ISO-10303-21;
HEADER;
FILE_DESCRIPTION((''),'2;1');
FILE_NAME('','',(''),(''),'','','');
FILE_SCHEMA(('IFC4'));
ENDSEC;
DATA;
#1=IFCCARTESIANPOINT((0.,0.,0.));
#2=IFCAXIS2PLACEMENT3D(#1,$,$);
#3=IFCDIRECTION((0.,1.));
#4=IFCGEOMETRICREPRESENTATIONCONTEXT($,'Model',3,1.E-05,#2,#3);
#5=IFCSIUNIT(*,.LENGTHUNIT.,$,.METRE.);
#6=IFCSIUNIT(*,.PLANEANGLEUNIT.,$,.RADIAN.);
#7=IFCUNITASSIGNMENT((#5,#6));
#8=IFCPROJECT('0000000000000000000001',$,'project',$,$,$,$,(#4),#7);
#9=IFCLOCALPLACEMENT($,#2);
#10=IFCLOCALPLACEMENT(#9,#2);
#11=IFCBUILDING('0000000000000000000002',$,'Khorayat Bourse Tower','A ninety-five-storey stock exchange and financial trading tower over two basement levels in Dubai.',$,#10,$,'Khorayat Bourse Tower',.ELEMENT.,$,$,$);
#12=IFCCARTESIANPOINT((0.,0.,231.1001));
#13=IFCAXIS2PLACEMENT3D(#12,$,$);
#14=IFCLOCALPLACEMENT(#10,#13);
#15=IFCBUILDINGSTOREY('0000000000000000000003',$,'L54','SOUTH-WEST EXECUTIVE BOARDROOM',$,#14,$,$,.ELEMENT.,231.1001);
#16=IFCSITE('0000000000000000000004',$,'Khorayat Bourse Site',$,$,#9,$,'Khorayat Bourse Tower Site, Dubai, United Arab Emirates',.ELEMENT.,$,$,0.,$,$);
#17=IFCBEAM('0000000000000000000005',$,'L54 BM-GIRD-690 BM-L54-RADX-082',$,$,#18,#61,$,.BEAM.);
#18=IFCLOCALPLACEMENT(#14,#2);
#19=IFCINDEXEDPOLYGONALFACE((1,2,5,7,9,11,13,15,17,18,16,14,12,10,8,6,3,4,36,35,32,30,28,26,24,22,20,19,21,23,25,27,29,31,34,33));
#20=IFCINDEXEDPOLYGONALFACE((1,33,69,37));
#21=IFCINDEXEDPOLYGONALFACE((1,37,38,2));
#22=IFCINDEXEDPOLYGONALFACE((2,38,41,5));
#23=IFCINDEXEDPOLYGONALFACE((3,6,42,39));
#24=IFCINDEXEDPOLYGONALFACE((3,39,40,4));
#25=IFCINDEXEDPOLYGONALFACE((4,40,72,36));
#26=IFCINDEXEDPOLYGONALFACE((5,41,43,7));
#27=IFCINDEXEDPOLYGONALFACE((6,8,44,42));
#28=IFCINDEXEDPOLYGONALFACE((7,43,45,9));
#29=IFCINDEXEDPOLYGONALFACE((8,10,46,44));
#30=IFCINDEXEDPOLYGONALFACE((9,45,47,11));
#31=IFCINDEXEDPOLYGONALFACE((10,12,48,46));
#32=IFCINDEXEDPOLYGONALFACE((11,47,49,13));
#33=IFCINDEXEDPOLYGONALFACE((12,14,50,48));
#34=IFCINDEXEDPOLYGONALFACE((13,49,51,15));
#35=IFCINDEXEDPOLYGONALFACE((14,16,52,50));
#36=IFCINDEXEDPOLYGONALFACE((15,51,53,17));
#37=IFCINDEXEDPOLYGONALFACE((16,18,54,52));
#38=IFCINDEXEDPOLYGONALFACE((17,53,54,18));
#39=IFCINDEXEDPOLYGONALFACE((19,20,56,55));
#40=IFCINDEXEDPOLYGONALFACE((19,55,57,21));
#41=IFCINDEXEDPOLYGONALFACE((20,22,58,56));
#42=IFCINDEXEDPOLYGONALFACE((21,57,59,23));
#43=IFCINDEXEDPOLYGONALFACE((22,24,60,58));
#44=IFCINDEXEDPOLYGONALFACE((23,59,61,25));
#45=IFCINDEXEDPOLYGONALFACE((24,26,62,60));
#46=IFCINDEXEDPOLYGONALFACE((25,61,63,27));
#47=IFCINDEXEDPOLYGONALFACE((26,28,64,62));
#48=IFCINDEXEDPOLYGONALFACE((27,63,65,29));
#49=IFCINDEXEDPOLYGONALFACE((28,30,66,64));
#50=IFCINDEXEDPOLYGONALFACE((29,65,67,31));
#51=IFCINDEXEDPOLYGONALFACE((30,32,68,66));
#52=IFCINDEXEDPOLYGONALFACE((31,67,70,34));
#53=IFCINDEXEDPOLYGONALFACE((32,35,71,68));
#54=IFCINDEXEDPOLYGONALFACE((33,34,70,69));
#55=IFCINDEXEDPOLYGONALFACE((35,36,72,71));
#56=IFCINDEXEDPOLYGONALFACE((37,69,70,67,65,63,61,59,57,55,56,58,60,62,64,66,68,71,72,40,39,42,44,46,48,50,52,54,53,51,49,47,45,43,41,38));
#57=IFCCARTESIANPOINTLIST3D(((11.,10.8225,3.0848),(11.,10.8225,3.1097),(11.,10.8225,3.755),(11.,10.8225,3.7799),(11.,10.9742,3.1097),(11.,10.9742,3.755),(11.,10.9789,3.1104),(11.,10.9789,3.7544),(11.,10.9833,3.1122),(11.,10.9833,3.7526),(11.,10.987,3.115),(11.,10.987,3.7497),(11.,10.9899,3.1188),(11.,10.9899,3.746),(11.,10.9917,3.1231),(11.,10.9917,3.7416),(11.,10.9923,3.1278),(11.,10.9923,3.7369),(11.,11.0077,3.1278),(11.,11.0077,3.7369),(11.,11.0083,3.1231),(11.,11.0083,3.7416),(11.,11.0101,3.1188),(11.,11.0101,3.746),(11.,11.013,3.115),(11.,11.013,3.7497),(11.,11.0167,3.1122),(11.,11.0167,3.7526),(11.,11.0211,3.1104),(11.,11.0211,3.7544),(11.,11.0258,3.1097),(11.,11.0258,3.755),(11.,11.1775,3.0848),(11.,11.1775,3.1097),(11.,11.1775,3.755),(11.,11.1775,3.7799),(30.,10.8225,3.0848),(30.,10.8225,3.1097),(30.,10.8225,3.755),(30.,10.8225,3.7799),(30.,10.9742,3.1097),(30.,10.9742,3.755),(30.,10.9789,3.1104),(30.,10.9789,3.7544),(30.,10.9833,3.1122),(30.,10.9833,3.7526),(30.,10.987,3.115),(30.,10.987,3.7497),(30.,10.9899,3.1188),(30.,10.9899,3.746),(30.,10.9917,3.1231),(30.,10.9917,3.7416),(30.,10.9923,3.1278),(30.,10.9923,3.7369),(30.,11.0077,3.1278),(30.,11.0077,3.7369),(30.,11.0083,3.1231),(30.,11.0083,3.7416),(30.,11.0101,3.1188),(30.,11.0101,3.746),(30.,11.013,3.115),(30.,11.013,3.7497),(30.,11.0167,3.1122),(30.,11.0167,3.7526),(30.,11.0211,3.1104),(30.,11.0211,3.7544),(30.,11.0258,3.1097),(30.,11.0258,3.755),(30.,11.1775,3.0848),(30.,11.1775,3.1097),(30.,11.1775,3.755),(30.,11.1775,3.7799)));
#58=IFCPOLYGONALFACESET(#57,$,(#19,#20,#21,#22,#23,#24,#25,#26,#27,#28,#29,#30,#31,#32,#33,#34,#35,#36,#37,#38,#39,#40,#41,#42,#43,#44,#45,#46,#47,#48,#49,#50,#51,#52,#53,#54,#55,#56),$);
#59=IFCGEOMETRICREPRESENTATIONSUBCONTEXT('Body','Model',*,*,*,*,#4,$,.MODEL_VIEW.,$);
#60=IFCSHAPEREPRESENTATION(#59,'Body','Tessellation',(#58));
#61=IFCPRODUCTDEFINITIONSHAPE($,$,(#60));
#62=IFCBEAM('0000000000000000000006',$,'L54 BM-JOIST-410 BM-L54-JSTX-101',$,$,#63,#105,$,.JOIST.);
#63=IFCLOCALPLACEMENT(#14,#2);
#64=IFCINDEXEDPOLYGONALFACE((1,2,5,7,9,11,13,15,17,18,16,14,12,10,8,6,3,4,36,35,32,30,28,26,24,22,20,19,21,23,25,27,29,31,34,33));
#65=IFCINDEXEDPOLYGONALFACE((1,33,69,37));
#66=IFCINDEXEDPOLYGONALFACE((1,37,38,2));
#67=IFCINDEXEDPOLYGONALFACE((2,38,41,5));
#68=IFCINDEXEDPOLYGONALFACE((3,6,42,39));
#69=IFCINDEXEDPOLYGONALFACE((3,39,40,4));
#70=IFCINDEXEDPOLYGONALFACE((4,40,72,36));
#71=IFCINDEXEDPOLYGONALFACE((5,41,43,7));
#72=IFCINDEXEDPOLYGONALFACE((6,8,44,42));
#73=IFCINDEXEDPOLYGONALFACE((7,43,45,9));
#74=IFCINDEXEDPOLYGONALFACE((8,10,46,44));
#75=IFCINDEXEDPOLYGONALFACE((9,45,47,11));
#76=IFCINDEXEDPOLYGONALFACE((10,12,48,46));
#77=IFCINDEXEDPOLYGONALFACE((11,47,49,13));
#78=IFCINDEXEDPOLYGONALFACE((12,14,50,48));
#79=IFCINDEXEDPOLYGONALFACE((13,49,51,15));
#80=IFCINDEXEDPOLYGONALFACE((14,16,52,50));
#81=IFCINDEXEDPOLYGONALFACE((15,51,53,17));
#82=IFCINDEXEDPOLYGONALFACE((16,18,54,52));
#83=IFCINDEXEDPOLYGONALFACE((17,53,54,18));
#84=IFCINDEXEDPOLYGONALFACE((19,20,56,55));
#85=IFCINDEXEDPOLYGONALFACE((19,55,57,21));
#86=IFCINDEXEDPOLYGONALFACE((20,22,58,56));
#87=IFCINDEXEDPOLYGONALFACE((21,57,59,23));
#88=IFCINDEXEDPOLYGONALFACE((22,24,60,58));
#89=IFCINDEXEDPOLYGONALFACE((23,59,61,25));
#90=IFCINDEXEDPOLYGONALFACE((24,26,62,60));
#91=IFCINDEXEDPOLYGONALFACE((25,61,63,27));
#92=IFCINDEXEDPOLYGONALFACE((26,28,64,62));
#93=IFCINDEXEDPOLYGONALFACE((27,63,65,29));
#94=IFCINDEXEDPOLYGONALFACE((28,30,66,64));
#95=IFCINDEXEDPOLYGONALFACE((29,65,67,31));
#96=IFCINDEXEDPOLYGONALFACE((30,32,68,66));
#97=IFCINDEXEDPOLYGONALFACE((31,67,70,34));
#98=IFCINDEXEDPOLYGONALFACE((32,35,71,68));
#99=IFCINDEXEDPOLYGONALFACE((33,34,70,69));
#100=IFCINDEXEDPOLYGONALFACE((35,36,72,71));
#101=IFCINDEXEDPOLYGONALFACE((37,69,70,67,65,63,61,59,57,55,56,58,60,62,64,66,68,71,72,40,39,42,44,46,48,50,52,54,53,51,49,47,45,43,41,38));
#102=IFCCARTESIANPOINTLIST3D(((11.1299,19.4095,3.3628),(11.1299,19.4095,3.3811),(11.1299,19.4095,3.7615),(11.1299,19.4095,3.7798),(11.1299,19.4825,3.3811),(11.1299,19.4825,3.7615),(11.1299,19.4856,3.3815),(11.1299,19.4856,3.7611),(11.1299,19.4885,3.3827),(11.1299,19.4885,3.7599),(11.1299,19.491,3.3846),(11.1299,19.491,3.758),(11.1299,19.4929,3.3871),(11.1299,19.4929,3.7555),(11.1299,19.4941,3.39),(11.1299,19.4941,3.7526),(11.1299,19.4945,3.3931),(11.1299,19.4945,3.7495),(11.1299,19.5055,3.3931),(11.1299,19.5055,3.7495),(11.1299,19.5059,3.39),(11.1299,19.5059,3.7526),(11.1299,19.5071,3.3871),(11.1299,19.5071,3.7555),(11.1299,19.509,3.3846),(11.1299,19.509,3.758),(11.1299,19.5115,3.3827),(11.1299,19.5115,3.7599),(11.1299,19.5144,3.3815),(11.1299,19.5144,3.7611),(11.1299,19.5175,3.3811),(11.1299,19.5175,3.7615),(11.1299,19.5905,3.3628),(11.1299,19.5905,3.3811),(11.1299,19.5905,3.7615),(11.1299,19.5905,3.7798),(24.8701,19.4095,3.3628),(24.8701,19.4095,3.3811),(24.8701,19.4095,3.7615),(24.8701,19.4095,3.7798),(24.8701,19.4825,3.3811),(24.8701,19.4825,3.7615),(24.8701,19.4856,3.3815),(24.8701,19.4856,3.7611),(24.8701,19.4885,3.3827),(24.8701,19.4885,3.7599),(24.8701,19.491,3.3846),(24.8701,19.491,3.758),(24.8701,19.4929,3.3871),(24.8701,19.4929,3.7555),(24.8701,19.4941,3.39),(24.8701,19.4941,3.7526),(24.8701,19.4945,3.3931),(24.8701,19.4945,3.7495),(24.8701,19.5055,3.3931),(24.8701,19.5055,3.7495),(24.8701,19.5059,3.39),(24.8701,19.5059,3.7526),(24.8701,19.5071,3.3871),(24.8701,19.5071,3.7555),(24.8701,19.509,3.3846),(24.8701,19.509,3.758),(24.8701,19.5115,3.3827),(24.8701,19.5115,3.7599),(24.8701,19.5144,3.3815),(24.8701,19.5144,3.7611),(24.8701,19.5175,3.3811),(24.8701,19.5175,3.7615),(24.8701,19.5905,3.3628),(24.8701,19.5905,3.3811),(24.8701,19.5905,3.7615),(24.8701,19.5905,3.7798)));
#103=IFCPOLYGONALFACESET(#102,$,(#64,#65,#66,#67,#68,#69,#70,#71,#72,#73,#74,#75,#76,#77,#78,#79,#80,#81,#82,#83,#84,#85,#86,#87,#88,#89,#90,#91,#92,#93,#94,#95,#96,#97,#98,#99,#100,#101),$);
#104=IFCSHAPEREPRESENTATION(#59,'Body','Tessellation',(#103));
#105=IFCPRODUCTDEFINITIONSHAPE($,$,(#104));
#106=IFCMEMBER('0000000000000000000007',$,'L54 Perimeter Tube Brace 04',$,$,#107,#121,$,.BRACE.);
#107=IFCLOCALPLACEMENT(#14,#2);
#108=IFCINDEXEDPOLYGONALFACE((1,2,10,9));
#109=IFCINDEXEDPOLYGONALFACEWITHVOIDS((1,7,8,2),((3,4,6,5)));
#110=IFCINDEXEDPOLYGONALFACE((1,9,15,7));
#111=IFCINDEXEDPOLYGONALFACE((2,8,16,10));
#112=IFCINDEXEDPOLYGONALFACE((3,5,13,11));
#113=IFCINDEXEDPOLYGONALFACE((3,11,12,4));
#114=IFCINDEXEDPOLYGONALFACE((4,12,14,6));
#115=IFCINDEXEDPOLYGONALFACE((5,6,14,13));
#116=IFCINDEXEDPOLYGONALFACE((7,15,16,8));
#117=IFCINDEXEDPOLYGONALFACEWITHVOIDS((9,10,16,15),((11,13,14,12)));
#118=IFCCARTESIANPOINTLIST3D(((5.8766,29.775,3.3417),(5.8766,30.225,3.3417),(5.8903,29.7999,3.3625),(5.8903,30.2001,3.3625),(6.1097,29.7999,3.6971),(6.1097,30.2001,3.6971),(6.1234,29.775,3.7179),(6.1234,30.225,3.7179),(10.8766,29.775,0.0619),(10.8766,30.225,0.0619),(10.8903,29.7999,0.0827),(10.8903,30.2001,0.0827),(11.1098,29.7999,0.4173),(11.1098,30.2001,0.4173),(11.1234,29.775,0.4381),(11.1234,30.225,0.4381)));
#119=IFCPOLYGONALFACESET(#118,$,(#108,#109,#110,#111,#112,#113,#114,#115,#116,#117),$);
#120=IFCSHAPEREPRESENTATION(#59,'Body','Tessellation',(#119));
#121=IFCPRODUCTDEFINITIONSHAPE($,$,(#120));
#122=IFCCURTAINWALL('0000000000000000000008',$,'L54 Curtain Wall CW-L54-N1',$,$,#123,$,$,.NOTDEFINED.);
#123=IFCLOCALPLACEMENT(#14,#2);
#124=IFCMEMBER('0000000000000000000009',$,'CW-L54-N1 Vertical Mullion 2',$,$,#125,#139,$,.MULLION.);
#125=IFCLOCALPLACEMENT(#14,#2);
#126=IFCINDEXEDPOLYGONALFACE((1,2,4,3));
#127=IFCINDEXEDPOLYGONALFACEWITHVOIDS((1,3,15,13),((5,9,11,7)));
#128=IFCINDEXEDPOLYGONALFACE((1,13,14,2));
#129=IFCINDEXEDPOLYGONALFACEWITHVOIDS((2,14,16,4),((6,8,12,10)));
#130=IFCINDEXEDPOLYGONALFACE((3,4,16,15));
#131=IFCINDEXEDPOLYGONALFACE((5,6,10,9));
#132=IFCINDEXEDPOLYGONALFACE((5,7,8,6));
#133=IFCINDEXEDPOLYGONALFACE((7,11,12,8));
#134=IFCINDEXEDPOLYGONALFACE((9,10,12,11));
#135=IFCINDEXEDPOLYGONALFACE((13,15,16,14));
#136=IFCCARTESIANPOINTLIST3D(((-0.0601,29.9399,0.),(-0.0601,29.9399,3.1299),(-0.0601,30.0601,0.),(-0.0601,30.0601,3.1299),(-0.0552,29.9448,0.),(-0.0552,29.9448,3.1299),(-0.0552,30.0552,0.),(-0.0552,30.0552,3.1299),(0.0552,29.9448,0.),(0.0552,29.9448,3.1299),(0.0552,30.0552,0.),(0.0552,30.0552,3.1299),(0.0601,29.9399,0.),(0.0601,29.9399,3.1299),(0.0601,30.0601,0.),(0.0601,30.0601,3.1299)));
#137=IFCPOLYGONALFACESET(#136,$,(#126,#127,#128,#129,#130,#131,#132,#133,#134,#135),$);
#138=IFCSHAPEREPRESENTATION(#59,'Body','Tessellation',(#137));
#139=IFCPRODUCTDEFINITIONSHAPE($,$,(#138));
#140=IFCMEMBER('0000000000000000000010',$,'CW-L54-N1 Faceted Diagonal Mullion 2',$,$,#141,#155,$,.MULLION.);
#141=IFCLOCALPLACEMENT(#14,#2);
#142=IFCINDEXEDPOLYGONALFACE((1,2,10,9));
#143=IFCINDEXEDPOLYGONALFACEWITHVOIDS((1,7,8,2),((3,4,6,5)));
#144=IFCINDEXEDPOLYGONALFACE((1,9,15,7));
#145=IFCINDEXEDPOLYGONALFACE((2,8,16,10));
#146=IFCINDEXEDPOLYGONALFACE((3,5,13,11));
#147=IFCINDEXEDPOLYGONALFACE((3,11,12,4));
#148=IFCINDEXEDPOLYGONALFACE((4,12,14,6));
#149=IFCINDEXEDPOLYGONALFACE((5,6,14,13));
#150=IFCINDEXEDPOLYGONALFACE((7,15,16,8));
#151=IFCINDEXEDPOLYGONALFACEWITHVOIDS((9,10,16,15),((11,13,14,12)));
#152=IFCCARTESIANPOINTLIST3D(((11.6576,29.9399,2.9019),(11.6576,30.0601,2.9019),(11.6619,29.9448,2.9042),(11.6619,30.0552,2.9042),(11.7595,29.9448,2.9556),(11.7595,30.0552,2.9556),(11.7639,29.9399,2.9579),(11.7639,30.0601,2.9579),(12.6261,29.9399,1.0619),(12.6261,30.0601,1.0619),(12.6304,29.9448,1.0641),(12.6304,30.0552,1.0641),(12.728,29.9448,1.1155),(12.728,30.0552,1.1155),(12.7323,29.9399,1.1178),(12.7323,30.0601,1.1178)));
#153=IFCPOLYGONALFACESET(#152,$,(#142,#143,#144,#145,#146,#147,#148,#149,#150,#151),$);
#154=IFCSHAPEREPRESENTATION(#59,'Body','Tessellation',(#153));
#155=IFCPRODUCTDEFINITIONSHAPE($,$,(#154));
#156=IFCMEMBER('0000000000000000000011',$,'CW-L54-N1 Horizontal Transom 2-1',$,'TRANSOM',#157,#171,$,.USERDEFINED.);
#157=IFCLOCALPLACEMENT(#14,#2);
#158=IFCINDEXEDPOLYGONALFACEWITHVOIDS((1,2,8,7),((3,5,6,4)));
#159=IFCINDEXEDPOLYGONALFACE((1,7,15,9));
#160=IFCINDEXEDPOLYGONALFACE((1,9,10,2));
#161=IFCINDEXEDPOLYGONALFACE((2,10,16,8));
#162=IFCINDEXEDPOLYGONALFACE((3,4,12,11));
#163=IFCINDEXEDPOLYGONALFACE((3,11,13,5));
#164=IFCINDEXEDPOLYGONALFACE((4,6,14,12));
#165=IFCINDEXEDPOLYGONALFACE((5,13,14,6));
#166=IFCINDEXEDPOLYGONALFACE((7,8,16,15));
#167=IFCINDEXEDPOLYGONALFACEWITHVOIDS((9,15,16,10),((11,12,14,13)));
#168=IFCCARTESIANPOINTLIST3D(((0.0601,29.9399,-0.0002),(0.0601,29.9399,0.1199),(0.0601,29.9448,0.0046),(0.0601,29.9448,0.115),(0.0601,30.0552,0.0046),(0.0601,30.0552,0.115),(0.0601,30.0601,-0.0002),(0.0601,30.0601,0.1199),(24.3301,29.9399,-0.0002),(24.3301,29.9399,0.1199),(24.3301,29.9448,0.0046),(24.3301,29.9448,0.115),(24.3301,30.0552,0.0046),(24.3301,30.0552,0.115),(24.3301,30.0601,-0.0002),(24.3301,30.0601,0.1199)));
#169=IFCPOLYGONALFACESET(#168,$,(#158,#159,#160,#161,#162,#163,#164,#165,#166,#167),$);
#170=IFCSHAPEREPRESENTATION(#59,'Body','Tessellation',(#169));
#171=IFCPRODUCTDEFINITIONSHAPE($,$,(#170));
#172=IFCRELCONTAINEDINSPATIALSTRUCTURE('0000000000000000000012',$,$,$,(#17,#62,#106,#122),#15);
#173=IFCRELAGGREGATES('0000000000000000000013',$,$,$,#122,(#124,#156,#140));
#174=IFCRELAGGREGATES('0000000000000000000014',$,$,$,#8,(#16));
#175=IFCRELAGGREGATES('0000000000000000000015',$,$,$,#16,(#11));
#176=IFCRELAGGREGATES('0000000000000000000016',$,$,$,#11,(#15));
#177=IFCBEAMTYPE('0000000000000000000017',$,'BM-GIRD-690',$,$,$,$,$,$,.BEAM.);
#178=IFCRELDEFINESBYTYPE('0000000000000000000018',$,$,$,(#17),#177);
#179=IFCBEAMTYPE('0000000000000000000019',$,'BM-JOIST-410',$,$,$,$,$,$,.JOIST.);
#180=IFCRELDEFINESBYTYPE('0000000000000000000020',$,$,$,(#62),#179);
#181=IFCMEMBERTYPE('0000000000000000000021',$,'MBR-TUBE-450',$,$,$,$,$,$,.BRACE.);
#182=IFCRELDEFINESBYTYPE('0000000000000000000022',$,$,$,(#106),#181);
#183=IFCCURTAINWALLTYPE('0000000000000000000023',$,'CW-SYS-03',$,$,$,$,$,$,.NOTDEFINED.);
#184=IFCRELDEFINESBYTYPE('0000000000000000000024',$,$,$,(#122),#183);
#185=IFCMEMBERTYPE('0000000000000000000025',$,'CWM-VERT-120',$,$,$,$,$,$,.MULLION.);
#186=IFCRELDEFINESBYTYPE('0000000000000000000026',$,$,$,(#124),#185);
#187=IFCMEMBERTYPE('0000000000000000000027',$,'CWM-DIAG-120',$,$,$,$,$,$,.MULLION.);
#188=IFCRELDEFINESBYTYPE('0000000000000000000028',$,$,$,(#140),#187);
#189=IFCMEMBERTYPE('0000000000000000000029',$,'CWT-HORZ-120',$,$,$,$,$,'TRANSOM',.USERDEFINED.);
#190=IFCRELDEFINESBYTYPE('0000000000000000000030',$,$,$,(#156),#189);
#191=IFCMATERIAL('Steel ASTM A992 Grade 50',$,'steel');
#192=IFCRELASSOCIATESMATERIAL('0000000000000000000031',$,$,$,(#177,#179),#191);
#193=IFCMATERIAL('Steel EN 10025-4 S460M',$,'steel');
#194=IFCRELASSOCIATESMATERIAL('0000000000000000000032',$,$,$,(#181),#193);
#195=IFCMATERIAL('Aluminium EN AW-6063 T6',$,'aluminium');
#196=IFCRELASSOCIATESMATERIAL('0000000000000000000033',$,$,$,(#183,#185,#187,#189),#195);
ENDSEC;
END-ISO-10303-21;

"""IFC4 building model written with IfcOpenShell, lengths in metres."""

from ifc_helpers import new_model, si_unit, direction, frame, origin, origin_2d, place, context, subcontext, project, spatial, hollow_rectangle, i_section, extrude, source, transform, mapped, material, material_profile, profile_set, type_object, element, aggregate, save


model = new_model("IFC4")

# Units and contexts
model_context = context("Model", 3, precision=1e-05, world=origin(), true_north=direction((0.0, 1.0)))
body_context = subcontext(model_context, "Body", "Model", "MODEL_VIEW")
ifc_project = project(units=[si_unit("LENGTHUNIT", "METRE"), si_unit("PLANEANGLEUNIT", "RADIAN")], contexts=[model_context])

# Site, building, storey
site_placement = place(None, origin())
site = spatial("IfcSite", under=ifc_project, at=site_placement, Name="Khorayat Bourse Site", LongName="Khorayat Bourse Tower Site, Dubai, United Arab Emirates", CompositionType="ELEMENT", RefElevation=0.0)
building_placement = place(site_placement, origin())
building = spatial("IfcBuilding", under=site, at=building_placement, Name="Khorayat Bourse Tower", Description="A ninety-five-storey stock exchange and financial trading tower over two basement levels in Dubai.", LongName="Khorayat Bourse Tower", CompositionType="ELEMENT")
storey_placement = place(building_placement, frame((0.0, 0.0, 231.1001)))
storey = spatial("IfcBuildingStorey", under=building, at=storey_placement, Name="L54", Description="SOUTH-WEST EXECUTIVE BOARDROOM", CompositionType="ELEMENT", Elevation=231.1001)

# Shared definitions
ifc_material_1 = material(Name="Steel EN 10025-4 S460M", Category="steel")

# Beams
ifc_material_2 = material(Name="Steel ASTM A992 Grade 50", Category="steel")
ifc_material_profile_1 = material_profile(ifc_material_2, i_section(OverallWidth=0.355, OverallDepth=0.6951, WebThickness=0.0154, FlangeThickness=0.0249, FilletRadius=0.0181, at=origin_2d()), Name="W690X217")
ifc_profile_set_1 = profile_set([ifc_material_profile_1], Name="Steel ASTM A992 Grade 50")
beam_type_1 = type_object("IfcBeamType", Name="BM-GIRD-690", PredefinedType="BEAM", material=ifc_profile_set_1)
shared_shape_1 = source(origin(), body_context, "Body", "SweptSolid", [
    extrude(i_section(OverallWidth=0.355, OverallDepth=0.6951, WebThickness=0.0154, FlangeThickness=0.0249, FilletRadius=0.0181, at=origin_2d()), origin(), (0.0, 0.0, 1.0), 19.0),
])
for number, where, z_axis, x_axis, name in (
    (1, (11.0, 11.0, 3.4324), (1.0, 0.0, 0.0), (0.0, 1.0, 0.0), "L54 BM-GIRD-690 BM-L54-RADX-082"),
):
    element("IfcBeam", number, at=place(storey_placement, frame(where, z_axis=z_axis, x_axis=x_axis)), inside=storey, type_object=beam_type_1, Name=name, PredefinedType="BEAM", context=body_context, shape_type="MappedRepresentation", body=[
        mapped(shared_shape_1, transform((0.0, 0.0, 0.0), scale=1.0)),
    ])
ifc_material_profile_2 = material_profile(ifc_material_2, i_section(OverallWidth=0.1809, OverallDepth=0.417, WebThickness=0.011, FlangeThickness=0.0183, FilletRadius=0.012, at=origin_2d()), Name="W410X85")
ifc_profile_set_2 = profile_set([ifc_material_profile_2], Name="Steel ASTM A992 Grade 50")
beam_type_2 = type_object("IfcBeamType", Name="BM-JOIST-410", PredefinedType="JOIST", material=ifc_profile_set_2)
shared_shape_2 = source(origin(), body_context, "Body", "SweptSolid", [
    extrude(i_section(OverallWidth=0.1809, OverallDepth=0.417, WebThickness=0.011, FlangeThickness=0.0183, FilletRadius=0.012, at=origin_2d()), origin(), (0.0, 0.0, 1.0), 13.7402),
])
beam_1_placement = place(storey_placement, frame((11.1299, 19.5, 3.5713), z_axis=(1.0, 0.0, 0.0), x_axis=(0.0, 1.0, 0.0)))
element("IfcBeam", 2, at=beam_1_placement, inside=storey, type_object=beam_type_2, Name="L54 BM-JOIST-410 BM-L54-JSTX-101", PredefinedType="JOIST", context=body_context, shape_type="MappedRepresentation", body=[
    mapped(shared_shape_2, transform((0.0, 0.0, 0.0), scale=1.0)),
])

# Member
ifc_material_profile_3 = material_profile(ifc_material_1, hollow_rectangle(XDim=0.45, YDim=0.45, WallThickness=0.0249, at=origin_2d()), Name="HSS 450x450x25")
ifc_profile_set_3 = profile_set([ifc_material_profile_3], Name="Steel EN 10025-4 S460M")
member_type_1 = type_object("IfcMemberType", Name="MBR-TUBE-450", PredefinedType="BRACE", material=ifc_profile_set_3)
shared_shape_3 = source(origin(), body_context, "Body", "SweptSolid", [
    extrude(hollow_rectangle(XDim=0.45, YDim=0.45, WallThickness=0.0249, at=origin_2d()), origin(), (0.0, 0.0, 1.0), 5.9797),
])
member_1_placement = place(storey_placement, frame((6.0, 30.0, 3.5298), z_axis=(0.83616, 0.0, -0.548485), x_axis=(0.0, 1.0, 0.0)))
element("IfcMember", 3, at=member_1_placement, inside=storey, type_object=member_type_1, Name="L54 Perimeter Tube Brace 04", PredefinedType="BRACE", context=body_context, shape_type="MappedRepresentation", body=[
    mapped(shared_shape_3, transform((0.0, 0.0, 0.0), scale=1.0)),
])

# Curtain wall, members
ifc_material_3 = material(Name="Aluminium EN AW-6063 T6", Category="aluminium")
curtain_wall_type = type_object("IfcCurtainWallType", Name="CW-SYS-03", PredefinedType="NOTDEFINED", material=ifc_material_3)
curtain_wall_placement = place(storey_placement, origin())
curtain_wall = element("IfcCurtainWall", 4, at=curtain_wall_placement, inside=storey, type_object=curtain_wall_type, Name="L54 Curtain Wall CW-L54-N1", PredefinedType="NOTDEFINED")
ifc_material_profile_4 = material_profile(ifc_material_3, hollow_rectangle(XDim=0.1201, YDim=0.1201, WallThickness=0.0049, at=origin_2d()), Name="ALU 120x120x5")
ifc_profile_set_4 = profile_set([ifc_material_profile_4], Name="Aluminium EN AW-6063 T6")
member_type_2 = type_object("IfcMemberType", Name="CWM-VERT-120", PredefinedType="MULLION", material=ifc_profile_set_4)
shared_shape_4 = source(origin(), body_context, "Body", "SweptSolid", [
    extrude(hollow_rectangle(XDim=0.1201, YDim=0.1201, WallThickness=0.0049, at=origin_2d()), origin(), (0.0, 0.0, 1.0), 3.1299),
])
member_2_placement = place(storey_placement, frame((0.0, 30.0, 0.0), z_axis=(0.0, 0.0, 1.0), x_axis=(0.0, 1.0, 0.0)))
member_2 = element("IfcMember", 5, at=member_2_placement, type_object=member_type_2, Name="CW-L54-N1 Vertical Mullion 2", PredefinedType="MULLION", context=body_context, shape_type="MappedRepresentation", body=[
    mapped(shared_shape_4, transform((0.0, 0.0, 0.0), scale=1.0)),
])
ifc_material_profile_5 = material_profile(ifc_material_3, hollow_rectangle(XDim=0.1201, YDim=0.1201, WallThickness=0.0049, at=origin_2d()), Name="ALU 120x120x5")
ifc_profile_set_5 = profile_set([ifc_material_profile_5], Name="Aluminium EN AW-6063 T6")
member_type_3 = type_object("IfcMemberType", Name="CWM-DIAG-120", PredefinedType="MULLION", material=ifc_profile_set_5)
shared_shape_5 = source(origin(), body_context, "Body", "SweptSolid", [
    extrude(hollow_rectangle(XDim=0.1201, YDim=0.1201, WallThickness=0.0049, at=origin_2d()), origin(), (0.0, 0.0, 1.0), 2.0793),
])
member_3_placement = place(storey_placement, frame((12.6792, 30.0, 1.0898), z_axis=(-0.465761, 0.0, 0.884911), x_axis=(0.0, -1.0, 0.0)))
member_3 = element("IfcMember", 6, at=member_3_placement, type_object=member_type_3, Name="CW-L54-N1 Faceted Diagonal Mullion 2", PredefinedType="MULLION", context=body_context, shape_type="MappedRepresentation", body=[
    mapped(shared_shape_5, transform((0.0, 0.0, 0.0), scale=1.0)),
])
ifc_material_profile_6 = material_profile(ifc_material_3, hollow_rectangle(XDim=0.1201, YDim=0.1201, WallThickness=0.0049, at=origin_2d()), Name="ALU 120x120x5")
ifc_profile_set_6 = profile_set([ifc_material_profile_6], Name="Aluminium EN AW-6063 T6")
member_type_4 = type_object("IfcMemberType", Name="CWT-HORZ-120", ElementType="TRANSOM", PredefinedType="USERDEFINED", material=ifc_profile_set_6)
shared_shape_6 = source(origin(), body_context, "Body", "SweptSolid", [
    extrude(hollow_rectangle(XDim=0.1201, YDim=0.1201, WallThickness=0.0049, at=origin_2d()), origin(), (0.0, 0.0, 1.0), 24.27),
])
member_4_placement = place(storey_placement, frame((0.0601, 30.0, 0.0598), z_axis=(1.0, 0.0, 0.0), x_axis=(0.0, 1.0, 0.0)))
member_4 = element("IfcMember", 7, at=member_4_placement, type_object=member_type_4, Name="CW-L54-N1 Horizontal Transom 2-1", ObjectType="TRANSOM", PredefinedType="USERDEFINED", context=body_context, shape_type="MappedRepresentation", body=[
    mapped(shared_shape_6, transform((0.0, 0.0, 0.0), scale=1.0)),
])

aggregate(curtain_wall, [member_2, member_4, member_3])

save(model, "model.ifc")
